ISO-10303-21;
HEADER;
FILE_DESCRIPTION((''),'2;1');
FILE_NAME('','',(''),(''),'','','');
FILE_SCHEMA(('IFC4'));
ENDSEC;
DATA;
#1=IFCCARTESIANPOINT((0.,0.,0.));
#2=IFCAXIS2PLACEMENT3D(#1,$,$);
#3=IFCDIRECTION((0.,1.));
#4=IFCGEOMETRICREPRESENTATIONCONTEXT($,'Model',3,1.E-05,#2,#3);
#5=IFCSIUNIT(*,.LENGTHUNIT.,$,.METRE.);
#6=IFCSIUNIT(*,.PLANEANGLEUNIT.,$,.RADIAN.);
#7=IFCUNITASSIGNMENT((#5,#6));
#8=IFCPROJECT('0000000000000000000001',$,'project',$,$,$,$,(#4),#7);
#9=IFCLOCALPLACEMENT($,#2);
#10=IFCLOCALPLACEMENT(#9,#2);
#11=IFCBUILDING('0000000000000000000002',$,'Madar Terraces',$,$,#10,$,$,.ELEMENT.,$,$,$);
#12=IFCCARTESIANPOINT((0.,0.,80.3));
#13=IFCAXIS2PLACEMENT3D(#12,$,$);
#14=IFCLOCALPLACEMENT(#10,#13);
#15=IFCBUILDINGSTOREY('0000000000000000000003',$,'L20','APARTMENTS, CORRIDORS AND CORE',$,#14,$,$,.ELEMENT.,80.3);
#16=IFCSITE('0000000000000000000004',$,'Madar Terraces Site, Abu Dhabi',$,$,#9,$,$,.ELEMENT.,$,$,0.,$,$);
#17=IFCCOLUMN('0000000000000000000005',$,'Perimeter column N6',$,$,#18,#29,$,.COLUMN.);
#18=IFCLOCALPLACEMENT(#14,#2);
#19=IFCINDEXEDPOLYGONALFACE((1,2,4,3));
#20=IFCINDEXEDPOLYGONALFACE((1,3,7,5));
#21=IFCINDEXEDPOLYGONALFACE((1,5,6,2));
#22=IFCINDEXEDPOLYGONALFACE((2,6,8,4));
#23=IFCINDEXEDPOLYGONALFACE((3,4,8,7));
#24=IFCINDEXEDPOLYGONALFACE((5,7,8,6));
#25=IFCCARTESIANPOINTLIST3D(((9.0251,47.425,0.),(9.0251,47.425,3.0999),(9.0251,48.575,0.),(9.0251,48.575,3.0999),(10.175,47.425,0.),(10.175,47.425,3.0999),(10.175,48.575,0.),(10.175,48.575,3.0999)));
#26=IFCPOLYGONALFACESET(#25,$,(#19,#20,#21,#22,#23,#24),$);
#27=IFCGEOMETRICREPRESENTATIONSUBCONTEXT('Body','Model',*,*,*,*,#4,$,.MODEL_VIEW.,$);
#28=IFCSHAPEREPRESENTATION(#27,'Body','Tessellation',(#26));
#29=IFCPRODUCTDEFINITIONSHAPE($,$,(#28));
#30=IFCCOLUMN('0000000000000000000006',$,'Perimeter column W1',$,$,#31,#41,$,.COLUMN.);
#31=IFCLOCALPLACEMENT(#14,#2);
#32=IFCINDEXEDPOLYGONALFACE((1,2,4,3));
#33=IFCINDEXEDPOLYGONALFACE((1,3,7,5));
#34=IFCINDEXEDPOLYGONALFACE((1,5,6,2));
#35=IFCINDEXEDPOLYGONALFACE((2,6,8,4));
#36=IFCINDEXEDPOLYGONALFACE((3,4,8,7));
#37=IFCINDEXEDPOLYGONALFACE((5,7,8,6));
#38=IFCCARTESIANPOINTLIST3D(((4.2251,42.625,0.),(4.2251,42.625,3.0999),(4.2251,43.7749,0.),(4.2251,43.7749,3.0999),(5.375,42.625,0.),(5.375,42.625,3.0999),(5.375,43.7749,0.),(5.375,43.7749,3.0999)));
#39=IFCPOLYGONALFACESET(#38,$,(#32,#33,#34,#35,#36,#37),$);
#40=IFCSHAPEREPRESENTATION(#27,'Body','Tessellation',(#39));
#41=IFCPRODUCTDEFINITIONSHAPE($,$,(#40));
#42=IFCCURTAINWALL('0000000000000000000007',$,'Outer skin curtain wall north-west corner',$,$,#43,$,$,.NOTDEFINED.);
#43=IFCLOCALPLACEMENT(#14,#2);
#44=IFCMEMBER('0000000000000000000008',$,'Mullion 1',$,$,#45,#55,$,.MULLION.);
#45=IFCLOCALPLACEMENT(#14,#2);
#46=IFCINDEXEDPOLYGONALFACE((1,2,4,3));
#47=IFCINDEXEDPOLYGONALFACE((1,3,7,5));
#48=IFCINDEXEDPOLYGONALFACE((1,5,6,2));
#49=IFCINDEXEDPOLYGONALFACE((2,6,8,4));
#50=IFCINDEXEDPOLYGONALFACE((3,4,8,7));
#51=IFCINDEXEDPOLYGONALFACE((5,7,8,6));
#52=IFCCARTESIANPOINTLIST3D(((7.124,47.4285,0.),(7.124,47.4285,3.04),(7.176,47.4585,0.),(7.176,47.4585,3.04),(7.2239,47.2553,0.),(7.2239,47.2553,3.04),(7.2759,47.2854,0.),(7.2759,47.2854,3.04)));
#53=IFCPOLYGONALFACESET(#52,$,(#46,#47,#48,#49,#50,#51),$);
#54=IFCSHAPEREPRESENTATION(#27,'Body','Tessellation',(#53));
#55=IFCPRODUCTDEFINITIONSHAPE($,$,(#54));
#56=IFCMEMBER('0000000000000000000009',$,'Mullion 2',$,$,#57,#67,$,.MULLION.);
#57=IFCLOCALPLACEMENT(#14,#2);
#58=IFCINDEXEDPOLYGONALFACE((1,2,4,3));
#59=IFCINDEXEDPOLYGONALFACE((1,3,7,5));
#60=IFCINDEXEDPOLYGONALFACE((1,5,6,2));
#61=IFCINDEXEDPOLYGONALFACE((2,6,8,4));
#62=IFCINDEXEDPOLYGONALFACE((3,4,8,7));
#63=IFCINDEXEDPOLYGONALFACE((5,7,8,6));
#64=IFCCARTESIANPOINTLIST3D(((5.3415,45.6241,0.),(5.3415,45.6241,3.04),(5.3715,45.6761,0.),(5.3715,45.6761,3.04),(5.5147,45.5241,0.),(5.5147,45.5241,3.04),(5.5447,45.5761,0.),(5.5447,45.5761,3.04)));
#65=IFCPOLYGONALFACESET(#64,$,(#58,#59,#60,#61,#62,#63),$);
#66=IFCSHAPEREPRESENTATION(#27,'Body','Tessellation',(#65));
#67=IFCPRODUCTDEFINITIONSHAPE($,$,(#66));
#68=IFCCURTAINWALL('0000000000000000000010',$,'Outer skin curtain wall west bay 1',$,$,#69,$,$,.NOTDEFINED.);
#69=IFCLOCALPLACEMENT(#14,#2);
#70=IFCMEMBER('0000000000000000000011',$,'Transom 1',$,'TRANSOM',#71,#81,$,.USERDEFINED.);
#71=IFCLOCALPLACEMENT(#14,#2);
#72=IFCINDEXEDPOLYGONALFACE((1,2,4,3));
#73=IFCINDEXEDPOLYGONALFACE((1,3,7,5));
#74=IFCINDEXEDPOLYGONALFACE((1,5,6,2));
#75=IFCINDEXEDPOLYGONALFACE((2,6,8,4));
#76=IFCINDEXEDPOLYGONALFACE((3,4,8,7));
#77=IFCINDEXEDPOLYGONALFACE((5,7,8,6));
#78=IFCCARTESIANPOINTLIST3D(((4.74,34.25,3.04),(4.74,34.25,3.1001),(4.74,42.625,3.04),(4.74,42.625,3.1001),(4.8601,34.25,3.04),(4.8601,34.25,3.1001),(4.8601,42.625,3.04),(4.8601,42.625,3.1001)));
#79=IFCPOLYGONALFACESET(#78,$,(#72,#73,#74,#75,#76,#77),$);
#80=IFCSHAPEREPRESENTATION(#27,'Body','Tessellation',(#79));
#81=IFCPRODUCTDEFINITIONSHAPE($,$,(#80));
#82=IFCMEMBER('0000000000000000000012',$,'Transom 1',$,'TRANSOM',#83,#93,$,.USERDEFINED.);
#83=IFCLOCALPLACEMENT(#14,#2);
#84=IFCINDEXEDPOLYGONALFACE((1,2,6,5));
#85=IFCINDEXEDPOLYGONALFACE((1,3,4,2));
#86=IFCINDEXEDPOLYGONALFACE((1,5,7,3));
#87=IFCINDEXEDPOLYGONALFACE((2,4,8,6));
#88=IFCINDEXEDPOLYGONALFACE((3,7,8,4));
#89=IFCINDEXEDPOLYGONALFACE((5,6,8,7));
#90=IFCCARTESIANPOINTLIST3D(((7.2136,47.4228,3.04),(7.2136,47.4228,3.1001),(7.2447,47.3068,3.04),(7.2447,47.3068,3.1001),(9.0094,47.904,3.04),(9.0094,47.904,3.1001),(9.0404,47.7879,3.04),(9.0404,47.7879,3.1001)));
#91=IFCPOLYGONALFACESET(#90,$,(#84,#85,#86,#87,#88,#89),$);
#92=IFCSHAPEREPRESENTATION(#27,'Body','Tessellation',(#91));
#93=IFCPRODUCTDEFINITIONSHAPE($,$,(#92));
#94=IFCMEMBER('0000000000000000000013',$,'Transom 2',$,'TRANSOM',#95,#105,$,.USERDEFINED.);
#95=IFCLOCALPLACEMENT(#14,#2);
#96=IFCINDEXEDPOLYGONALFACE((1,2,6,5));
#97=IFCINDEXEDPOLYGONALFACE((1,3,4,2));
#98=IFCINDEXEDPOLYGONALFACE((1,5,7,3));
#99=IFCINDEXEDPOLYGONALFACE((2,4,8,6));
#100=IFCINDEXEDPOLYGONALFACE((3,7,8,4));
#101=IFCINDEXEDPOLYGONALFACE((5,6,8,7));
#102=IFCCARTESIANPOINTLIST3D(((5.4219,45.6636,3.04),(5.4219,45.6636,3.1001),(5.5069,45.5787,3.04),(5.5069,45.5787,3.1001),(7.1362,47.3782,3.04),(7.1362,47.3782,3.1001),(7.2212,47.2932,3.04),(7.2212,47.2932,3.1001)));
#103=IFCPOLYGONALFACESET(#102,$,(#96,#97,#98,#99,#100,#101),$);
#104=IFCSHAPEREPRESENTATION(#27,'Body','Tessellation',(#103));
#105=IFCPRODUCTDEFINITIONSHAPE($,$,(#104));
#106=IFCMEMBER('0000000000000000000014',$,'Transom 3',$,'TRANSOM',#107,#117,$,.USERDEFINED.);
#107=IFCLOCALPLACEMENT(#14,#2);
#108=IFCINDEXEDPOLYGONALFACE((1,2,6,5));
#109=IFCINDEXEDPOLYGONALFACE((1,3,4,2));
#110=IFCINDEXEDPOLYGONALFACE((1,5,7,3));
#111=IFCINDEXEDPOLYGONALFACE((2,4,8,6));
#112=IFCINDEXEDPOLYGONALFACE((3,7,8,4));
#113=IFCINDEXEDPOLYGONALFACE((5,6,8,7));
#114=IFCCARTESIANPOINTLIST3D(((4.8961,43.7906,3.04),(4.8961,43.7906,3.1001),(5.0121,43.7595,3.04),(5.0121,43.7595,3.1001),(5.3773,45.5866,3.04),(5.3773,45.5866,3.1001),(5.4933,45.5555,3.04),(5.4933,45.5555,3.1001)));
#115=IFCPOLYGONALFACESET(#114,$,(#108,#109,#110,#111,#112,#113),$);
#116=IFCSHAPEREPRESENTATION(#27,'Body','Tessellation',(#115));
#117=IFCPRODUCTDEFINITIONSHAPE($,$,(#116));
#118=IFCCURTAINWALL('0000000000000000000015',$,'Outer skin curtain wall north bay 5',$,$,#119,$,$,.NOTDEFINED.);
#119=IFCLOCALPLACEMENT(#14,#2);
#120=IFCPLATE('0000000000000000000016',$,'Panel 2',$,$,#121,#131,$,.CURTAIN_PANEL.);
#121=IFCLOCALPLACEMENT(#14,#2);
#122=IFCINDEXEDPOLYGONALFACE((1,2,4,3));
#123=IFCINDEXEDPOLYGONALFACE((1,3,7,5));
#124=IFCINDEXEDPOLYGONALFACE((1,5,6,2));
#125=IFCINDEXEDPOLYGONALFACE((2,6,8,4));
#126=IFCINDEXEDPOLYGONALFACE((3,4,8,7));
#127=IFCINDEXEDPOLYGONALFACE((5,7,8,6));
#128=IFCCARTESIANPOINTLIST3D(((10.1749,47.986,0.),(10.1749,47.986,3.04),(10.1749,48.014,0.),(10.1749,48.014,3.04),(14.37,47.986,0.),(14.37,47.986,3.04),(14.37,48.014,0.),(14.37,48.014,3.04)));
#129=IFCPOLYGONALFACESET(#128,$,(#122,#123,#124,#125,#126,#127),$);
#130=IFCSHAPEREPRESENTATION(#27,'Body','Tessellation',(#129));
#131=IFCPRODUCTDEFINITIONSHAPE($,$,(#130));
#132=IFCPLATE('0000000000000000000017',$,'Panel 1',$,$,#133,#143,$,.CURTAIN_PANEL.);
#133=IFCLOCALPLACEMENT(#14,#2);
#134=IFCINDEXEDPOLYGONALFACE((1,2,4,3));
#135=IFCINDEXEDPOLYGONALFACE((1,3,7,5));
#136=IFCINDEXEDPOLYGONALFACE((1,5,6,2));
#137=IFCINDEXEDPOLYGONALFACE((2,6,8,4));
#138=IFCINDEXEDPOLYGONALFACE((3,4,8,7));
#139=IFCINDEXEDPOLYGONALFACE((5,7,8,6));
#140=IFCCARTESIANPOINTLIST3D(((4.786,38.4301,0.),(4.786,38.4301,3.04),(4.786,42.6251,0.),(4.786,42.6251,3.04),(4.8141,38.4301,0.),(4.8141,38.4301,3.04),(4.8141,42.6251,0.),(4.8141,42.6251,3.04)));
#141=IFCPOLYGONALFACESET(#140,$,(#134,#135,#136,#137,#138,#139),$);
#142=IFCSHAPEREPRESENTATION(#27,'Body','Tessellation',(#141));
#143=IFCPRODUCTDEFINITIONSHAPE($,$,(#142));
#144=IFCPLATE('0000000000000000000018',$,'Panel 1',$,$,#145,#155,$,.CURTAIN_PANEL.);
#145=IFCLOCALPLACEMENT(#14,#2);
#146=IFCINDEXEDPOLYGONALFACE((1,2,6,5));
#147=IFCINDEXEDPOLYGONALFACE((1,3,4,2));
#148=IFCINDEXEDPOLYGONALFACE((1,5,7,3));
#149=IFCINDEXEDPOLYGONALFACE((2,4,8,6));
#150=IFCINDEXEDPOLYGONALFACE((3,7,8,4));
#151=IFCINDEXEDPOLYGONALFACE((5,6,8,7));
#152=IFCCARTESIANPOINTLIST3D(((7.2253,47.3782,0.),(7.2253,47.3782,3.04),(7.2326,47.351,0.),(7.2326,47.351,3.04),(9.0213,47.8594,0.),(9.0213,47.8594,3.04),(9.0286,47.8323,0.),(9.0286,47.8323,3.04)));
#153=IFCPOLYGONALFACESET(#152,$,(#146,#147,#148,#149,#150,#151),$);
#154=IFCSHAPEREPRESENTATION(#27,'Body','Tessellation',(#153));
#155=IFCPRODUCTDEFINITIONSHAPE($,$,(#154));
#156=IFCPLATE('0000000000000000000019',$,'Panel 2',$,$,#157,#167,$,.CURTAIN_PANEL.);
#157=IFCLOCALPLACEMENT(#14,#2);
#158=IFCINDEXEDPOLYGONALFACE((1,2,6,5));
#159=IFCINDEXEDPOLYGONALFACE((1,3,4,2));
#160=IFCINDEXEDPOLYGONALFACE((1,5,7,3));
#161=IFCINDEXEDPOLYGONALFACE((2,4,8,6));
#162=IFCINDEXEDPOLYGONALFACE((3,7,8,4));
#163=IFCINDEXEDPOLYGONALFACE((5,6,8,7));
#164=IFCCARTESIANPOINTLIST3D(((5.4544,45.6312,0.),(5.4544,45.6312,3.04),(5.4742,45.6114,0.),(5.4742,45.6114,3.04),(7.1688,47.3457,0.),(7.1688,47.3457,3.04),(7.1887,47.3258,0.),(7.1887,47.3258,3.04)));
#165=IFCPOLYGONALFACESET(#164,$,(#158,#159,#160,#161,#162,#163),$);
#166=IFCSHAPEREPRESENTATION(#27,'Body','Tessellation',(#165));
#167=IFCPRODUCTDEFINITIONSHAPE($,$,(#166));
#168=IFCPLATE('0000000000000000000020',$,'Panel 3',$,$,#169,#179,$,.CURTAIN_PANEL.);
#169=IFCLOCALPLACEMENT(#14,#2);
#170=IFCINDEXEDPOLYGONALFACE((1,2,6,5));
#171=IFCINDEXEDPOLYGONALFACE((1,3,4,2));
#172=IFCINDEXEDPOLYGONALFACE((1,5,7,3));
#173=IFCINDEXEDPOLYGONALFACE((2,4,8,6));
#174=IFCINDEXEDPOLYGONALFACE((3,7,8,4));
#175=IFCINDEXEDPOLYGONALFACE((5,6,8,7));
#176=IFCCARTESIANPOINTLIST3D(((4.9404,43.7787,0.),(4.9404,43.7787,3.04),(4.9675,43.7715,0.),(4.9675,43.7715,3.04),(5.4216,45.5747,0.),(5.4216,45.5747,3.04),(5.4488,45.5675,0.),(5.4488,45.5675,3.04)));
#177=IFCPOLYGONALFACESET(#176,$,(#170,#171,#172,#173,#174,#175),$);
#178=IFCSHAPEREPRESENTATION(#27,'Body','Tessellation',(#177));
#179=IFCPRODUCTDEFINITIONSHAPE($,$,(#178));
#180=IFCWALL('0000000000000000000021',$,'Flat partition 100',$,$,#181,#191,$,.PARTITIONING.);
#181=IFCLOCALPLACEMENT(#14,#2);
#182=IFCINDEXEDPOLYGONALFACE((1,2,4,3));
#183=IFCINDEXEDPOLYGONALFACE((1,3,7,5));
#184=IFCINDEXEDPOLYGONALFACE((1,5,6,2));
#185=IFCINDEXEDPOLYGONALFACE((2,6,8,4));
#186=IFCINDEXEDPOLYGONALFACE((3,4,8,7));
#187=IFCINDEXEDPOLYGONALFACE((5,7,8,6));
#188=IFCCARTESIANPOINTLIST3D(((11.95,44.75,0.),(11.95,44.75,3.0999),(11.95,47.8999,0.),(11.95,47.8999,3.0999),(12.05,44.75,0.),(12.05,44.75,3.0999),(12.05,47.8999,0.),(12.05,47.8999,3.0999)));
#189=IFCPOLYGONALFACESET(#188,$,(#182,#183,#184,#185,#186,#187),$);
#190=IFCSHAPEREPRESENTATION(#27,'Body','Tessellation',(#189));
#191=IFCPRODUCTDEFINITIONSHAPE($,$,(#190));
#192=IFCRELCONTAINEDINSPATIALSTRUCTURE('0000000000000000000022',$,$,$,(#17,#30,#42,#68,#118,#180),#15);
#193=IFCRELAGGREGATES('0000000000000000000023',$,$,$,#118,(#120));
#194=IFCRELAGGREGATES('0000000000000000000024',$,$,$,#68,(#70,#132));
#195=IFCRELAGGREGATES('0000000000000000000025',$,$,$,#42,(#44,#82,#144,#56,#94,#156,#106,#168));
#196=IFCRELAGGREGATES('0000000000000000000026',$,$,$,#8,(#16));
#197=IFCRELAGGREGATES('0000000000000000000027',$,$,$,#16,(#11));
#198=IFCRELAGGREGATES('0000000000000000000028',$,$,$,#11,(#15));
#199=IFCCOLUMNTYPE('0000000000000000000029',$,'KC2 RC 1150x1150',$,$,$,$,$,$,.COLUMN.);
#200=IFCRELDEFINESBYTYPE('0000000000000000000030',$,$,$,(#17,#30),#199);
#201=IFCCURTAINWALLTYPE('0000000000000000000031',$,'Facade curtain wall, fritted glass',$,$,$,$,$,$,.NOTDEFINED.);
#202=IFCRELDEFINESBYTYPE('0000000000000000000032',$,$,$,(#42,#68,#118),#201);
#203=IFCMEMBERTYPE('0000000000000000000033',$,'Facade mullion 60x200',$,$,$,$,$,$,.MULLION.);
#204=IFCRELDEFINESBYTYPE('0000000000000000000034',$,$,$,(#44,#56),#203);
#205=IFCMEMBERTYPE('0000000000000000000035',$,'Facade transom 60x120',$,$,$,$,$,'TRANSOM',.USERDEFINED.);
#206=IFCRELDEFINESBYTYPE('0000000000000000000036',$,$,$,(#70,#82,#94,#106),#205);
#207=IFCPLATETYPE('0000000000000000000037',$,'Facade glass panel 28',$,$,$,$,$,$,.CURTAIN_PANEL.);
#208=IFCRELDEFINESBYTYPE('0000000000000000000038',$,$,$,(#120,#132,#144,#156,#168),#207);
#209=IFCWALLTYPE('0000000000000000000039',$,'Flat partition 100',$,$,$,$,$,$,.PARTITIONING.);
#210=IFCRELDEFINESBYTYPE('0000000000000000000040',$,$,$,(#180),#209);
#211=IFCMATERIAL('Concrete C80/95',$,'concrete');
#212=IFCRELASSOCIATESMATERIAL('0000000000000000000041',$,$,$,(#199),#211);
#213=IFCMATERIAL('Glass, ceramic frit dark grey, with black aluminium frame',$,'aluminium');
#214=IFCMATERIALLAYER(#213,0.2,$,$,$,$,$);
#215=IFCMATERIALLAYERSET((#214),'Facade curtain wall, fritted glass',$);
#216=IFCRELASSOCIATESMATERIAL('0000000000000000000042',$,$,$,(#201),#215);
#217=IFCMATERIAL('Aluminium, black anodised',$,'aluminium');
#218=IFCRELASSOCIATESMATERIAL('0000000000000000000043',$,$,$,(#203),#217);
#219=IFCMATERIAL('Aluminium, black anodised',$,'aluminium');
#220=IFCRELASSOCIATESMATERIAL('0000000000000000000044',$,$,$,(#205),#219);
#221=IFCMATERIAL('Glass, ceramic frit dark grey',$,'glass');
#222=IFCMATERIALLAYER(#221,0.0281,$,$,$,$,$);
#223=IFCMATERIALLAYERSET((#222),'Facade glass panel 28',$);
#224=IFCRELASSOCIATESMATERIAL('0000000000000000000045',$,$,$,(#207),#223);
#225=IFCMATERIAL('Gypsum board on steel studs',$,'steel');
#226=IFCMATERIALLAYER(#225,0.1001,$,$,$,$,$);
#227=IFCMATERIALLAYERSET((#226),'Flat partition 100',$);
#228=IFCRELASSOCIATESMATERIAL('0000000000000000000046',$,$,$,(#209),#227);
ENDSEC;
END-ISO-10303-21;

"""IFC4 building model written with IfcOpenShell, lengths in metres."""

from ifc_helpers import new_model, si_unit, direction, frame, frame_2d, origin, origin_2d, place, context, subcontext, project, spatial, rectangle, extrude, material, layer, layer_set, material_profile, profile_set, type_object, element, aggregate, save


model = new_model("IFC4")

# Units and contexts
model_context = context("Model", 3, precision=1e-05, world=origin(), true_north=direction((0.0, 1.0)))
body_context = subcontext(model_context, "Body", "Model", "MODEL_VIEW")
ifc_project = project(units=[si_unit("LENGTHUNIT", "METRE"), si_unit("PLANEANGLEUNIT", "RADIAN")], contexts=[model_context])

# Site, building, storey
site_placement = place(None, origin())
site = spatial("IfcSite", under=ifc_project, at=site_placement, Name="Madar Terraces Site, Abu Dhabi", CompositionType="ELEMENT", RefElevation=0.0)
building_placement = place(site_placement, origin())
building = spatial("IfcBuilding", under=site, at=building_placement, Name="Madar Terraces", CompositionType="ELEMENT")
storey_placement = place(building_placement, frame((0.0, 0.0, 80.3)))
storey = spatial("IfcBuildingStorey", under=building, at=storey_placement, Name="L20", Description="APARTMENTS, CORRIDORS AND CORE", CompositionType="ELEMENT", Elevation=80.3)

# Columns
ifc_material_1 = material(Name="Concrete C80/95", Category="concrete")
ifc_material_profile_1 = material_profile(ifc_material_1, rectangle(XDim=1.1499, YDim=1.1499, at=origin_2d()), Name="KC2 RC 1150x1150")
ifc_profile_set_1 = profile_set([ifc_material_profile_1], Name="Concrete C80/95")
column_type = type_object("IfcColumnType", Name="KC2 RC 1150x1150", PredefinedType="COLUMN", material=ifc_profile_set_1)
for number, where, z_axis, x_axis, name in (
    (1, (9.6001, 48.0, 0.0), (0.0, 0.0, 1.0), (1.0, 0.0, 0.0), "Perimeter column N6"),
    (2, (4.8, 43.2, 0.0), (0.0, 0.0, 1.0), (1.0, 0.0, 0.0), "Perimeter column W1"),
):
    element("IfcColumn", number, at=place(storey_placement, frame(where, z_axis=z_axis, x_axis=x_axis)), inside=storey, type_object=column_type, Name=name, PredefinedType="COLUMN", context=body_context, shape_type="SweptSolid", body=[
        extrude(rectangle(XDim=1.1499, YDim=1.1499, at=origin_2d()), origin(), (0.0, 0.0, 1.0), 3.0999),
    ])

# Curtain wall, members
ifc_material_2 = material(Name="Glass, ceramic frit dark grey, with black aluminium frame", Category="aluminium")
ifc_layer_1 = layer(ifc_material_2, 0.2)
ifc_layer_set_1 = layer_set([ifc_layer_1], Name="Facade curtain wall, fritted glass")
curtain_wall_type = type_object("IfcCurtainWallType", Name="Facade curtain wall, fritted glass", PredefinedType="NOTDEFINED", material=ifc_layer_set_1)
curtain_wall_1_placement = place(storey_placement, origin())
curtain_wall_1 = element("IfcCurtainWall", 3, at=curtain_wall_1_placement, inside=storey, type_object=curtain_wall_type, Name="Outer skin curtain wall north-west corner", PredefinedType="NOTDEFINED")
ifc_material_3 = material(Name="Aluminium, black anodised", Category="aluminium")
ifc_material_profile_2 = material_profile(ifc_material_3, rectangle(XDim=0.2, YDim=0.0601, at=origin_2d()), Name="Facade mullion 60x200")
ifc_profile_set_2 = profile_set([ifc_material_profile_2], Name="Aluminium, black anodised")
member_type_1 = type_object("IfcMemberType", Name="Facade mullion 60x200", PredefinedType="MULLION", material=ifc_profile_set_2)
member_1_placement = place(storey_placement, frame((7.2, 47.3569, 0.0), z_axis=(0.0, 0.0, 1.0), x_axis=(0.5, -0.866025, 0.0)))
member_1 = element("IfcMember", 4, at=member_1_placement, type_object=member_type_1, Name="Mullion 1", PredefinedType="MULLION", context=body_context, shape_type="SweptSolid", body=[
    extrude(rectangle(XDim=0.2, YDim=0.0601, at=origin_2d()), origin(), (0.0, 0.0, 1.0), 3.04),
])
member_2_placement = place(storey_placement, frame((5.4431, 45.6001, 0.0), z_axis=(0.0, 0.0, 1.0), x_axis=(0.866025, -0.5, 0.0)))
member_2 = element("IfcMember", 5, at=member_2_placement, type_object=member_type_1, Name="Mullion 2", PredefinedType="MULLION", context=body_context, shape_type="SweptSolid", body=[
    extrude(rectangle(XDim=0.2, YDim=0.0601, at=origin_2d()), origin(), (0.0, 0.0, 1.0), 3.04),
])

# Curtain wall, member
curtain_wall_2_placement = place(storey_placement, origin())
curtain_wall_2 = element("IfcCurtainWall", 6, at=curtain_wall_2_placement, inside=storey, type_object=curtain_wall_type, Name="Outer skin curtain wall west bay 1", PredefinedType="NOTDEFINED")
ifc_material_4 = material(Name="Aluminium, black anodised", Category="aluminium")
ifc_material_profile_3 = material_profile(ifc_material_4, rectangle(XDim=0.1201, YDim=0.0601, at=origin_2d()), Name="Facade transom 60x120")
ifc_profile_set_3 = profile_set([ifc_material_profile_3], Name="Aluminium, black anodised")
member_type_2 = type_object("IfcMemberType", Name="Facade transom 60x120", ElementType="TRANSOM", PredefinedType="USERDEFINED", material=ifc_profile_set_3)
member_3_placement = place(storey_placement, frame((4.8, 42.625, 3.0701), z_axis=(0.0, -1.0, 0.0), x_axis=(1.0, 0.0, 0.0)))
member_3 = element("IfcMember", 7, at=member_3_placement, type_object=member_type_2, Name="Transom 1", ObjectType="TRANSOM", PredefinedType="USERDEFINED", context=body_context, shape_type="SweptSolid", body=[
    extrude(rectangle(XDim=0.1201, YDim=0.0601, at=origin_2d()), origin(), (0.0, 0.0, 1.0), 8.375),
])

# Members
member_4_placement = place(storey_placement, frame((9.0249, 47.8459, 3.0701), z_axis=(-0.965927, -0.258815, 0.0), x_axis=(0.258815, -0.965927, 0.0)))
member_4 = element("IfcMember", 8, at=member_4_placement, type_object=member_type_2, Name="Transom 1", ObjectType="TRANSOM", PredefinedType="USERDEFINED", context=body_context, shape_type="SweptSolid", body=[
    extrude(rectangle(XDim=0.1201, YDim=0.0601, at=origin_2d()), origin(), (0.0, 0.0, 1.0), 1.8591),
])
member_5_placement = place(storey_placement, frame((7.1787, 47.3357, 3.0701), z_axis=(-0.707056, -0.707157, 0.0), x_axis=(0.707157, -0.707056, 0.0)))
member_5 = element("IfcMember", 9, at=member_5_placement, type_object=member_type_2, Name="Transom 2", ObjectType="TRANSOM", PredefinedType="USERDEFINED", context=body_context, shape_type="SweptSolid", body=[
    extrude(rectangle(XDim=0.1201, YDim=0.0601, at=origin_2d()), origin(), (0.0, 0.0, 1.0), 2.4246),
])
member_6_placement = place(storey_placement, frame((5.4353, 45.571, 3.0701), z_axis=(-0.258782, -0.965936, 0.0), x_axis=(0.965936, -0.258782, 0.0)))
member_6 = element("IfcMember", 10, at=member_6_placement, type_object=member_type_2, Name="Transom 3", ObjectType="TRANSOM", PredefinedType="USERDEFINED", context=body_context, shape_type="SweptSolid", body=[
    extrude(rectangle(XDim=0.1201, YDim=0.0601, at=origin_2d()), origin(), (0.0, 0.0, 1.0), 1.8594),
])

# Curtain wall, plate
curtain_wall_3_placement = place(storey_placement, origin())
curtain_wall_3 = element("IfcCurtainWall", 11, at=curtain_wall_3_placement, inside=storey, type_object=curtain_wall_type, Name="Outer skin curtain wall north bay 5", PredefinedType="NOTDEFINED")
ifc_material_5 = material(Name="Glass, ceramic frit dark grey", Category="glass")
ifc_layer_2 = layer(ifc_material_5, 0.0281)
ifc_layer_set_2 = layer_set([ifc_layer_2], Name="Facade glass panel 28")
plate_type = type_object("IfcPlateType", Name="Facade glass panel 28", PredefinedType="CURTAIN_PANEL", material=ifc_layer_set_2)
plate_1_placement = place(storey_placement, frame((12.2725, 48.0, 0.0), z_axis=(0.0, 0.0, 1.0), x_axis=(-1.0, 0.0, 0.0)))
plate_1 = element("IfcPlate", 12, at=plate_1_placement, type_object=plate_type, Name="Panel 2", PredefinedType="CURTAIN_PANEL", context=body_context, shape_type="SweptSolid", body=[
    extrude(rectangle(XDim=4.1951, YDim=0.0281, at=origin_2d()), origin(), (0.0, 0.0, 1.0), 3.04),
])
aggregate(curtain_wall_3, [plate_1])

# Plates
plate_2_placement = place(storey_placement, frame((4.8, 40.5276, 0.0), z_axis=(0.0, 0.0, 1.0), x_axis=(0.0, -1.0, 0.0)))
plate_2 = element("IfcPlate", 13, at=plate_2_placement, type_object=plate_type, Name="Panel 1", PredefinedType="CURTAIN_PANEL", context=body_context, shape_type="SweptSolid", body=[
    extrude(rectangle(XDim=4.1951, YDim=0.0281, at=origin_2d()), origin(), (0.0, 0.0, 1.0), 3.04),
])
aggregate(curtain_wall_2, [member_3, plate_2])
plate_3_placement = place(storey_placement, frame((8.127, 47.6052, 0.0), z_axis=(0.0, 0.0, 1.0), x_axis=(-0.965926, -0.258819, 0.0)))
plate_3 = element("IfcPlate", 14, at=plate_3_placement, type_object=plate_type, Name="Panel 1", PredefinedType="CURTAIN_PANEL", context=body_context, shape_type="SweptSolid", body=[
    extrude(rectangle(XDim=1.8594, YDim=0.0281, at=origin_2d()), origin(), (0.0, 0.0, 1.0), 3.04),
])
plate_4_placement = place(storey_placement, frame((6.3215, 46.4785, 0.0), z_axis=(0.0, 0.0, 1.0), x_axis=(-0.707107, -0.707107, 0.0)))
plate_4 = element("IfcPlate", 15, at=plate_4_placement, type_object=plate_type, Name="Panel 2", PredefinedType="CURTAIN_PANEL", context=body_context, shape_type="SweptSolid", body=[
    extrude(rectangle(XDim=2.4246, YDim=0.0281, at=origin_2d()), origin(), (0.0, 0.0, 1.0), 3.04),
])
plate_5_placement = place(storey_placement, frame((5.1946, 44.6731, 0.0), z_axis=(0.0, 0.0, 1.0), x_axis=(-0.258819, -0.965926, 0.0)))
plate_5 = element("IfcPlate", 16, at=plate_5_placement, type_object=plate_type, Name="Panel 3", PredefinedType="CURTAIN_PANEL", context=body_context, shape_type="SweptSolid", body=[
    extrude(rectangle(XDim=1.8594, YDim=0.0281, at=origin_2d()), origin(), (0.0, 0.0, 1.0), 3.04),
])
aggregate(curtain_wall_1, [member_1, member_4, plate_3, member_2, member_5, plate_4, member_6, plate_5])

# Wall
ifc_material_6 = material(Name="Gypsum board on steel studs", Category="steel")
ifc_layer_3 = layer(ifc_material_6, 0.1001)
ifc_layer_set_3 = layer_set([ifc_layer_3], Name="Flat partition 100")
wall_type_1 = type_object("IfcWallType", Name="Flat partition 100", PredefinedType="PARTITIONING", material=ifc_layer_set_3)
wall_1_placement = place(storey_placement, frame((12.0, 44.75, 0.0), z_axis=(0.0, 0.0, 1.0), x_axis=(0.0, 1.0, 0.0)))
element("IfcWall", 17, at=wall_1_placement, inside=storey, type_object=wall_type_1, Name="Flat partition 100", PredefinedType="PARTITIONING", context=body_context, shape_type="SweptSolid", body=[
    extrude(rectangle(XDim=3.1499, YDim=0.1001, at=frame_2d((1.575, 0.0))), origin(), (0.0, 0.0, 1.0), 3.0999),
])

save(model, "model.ifc")
